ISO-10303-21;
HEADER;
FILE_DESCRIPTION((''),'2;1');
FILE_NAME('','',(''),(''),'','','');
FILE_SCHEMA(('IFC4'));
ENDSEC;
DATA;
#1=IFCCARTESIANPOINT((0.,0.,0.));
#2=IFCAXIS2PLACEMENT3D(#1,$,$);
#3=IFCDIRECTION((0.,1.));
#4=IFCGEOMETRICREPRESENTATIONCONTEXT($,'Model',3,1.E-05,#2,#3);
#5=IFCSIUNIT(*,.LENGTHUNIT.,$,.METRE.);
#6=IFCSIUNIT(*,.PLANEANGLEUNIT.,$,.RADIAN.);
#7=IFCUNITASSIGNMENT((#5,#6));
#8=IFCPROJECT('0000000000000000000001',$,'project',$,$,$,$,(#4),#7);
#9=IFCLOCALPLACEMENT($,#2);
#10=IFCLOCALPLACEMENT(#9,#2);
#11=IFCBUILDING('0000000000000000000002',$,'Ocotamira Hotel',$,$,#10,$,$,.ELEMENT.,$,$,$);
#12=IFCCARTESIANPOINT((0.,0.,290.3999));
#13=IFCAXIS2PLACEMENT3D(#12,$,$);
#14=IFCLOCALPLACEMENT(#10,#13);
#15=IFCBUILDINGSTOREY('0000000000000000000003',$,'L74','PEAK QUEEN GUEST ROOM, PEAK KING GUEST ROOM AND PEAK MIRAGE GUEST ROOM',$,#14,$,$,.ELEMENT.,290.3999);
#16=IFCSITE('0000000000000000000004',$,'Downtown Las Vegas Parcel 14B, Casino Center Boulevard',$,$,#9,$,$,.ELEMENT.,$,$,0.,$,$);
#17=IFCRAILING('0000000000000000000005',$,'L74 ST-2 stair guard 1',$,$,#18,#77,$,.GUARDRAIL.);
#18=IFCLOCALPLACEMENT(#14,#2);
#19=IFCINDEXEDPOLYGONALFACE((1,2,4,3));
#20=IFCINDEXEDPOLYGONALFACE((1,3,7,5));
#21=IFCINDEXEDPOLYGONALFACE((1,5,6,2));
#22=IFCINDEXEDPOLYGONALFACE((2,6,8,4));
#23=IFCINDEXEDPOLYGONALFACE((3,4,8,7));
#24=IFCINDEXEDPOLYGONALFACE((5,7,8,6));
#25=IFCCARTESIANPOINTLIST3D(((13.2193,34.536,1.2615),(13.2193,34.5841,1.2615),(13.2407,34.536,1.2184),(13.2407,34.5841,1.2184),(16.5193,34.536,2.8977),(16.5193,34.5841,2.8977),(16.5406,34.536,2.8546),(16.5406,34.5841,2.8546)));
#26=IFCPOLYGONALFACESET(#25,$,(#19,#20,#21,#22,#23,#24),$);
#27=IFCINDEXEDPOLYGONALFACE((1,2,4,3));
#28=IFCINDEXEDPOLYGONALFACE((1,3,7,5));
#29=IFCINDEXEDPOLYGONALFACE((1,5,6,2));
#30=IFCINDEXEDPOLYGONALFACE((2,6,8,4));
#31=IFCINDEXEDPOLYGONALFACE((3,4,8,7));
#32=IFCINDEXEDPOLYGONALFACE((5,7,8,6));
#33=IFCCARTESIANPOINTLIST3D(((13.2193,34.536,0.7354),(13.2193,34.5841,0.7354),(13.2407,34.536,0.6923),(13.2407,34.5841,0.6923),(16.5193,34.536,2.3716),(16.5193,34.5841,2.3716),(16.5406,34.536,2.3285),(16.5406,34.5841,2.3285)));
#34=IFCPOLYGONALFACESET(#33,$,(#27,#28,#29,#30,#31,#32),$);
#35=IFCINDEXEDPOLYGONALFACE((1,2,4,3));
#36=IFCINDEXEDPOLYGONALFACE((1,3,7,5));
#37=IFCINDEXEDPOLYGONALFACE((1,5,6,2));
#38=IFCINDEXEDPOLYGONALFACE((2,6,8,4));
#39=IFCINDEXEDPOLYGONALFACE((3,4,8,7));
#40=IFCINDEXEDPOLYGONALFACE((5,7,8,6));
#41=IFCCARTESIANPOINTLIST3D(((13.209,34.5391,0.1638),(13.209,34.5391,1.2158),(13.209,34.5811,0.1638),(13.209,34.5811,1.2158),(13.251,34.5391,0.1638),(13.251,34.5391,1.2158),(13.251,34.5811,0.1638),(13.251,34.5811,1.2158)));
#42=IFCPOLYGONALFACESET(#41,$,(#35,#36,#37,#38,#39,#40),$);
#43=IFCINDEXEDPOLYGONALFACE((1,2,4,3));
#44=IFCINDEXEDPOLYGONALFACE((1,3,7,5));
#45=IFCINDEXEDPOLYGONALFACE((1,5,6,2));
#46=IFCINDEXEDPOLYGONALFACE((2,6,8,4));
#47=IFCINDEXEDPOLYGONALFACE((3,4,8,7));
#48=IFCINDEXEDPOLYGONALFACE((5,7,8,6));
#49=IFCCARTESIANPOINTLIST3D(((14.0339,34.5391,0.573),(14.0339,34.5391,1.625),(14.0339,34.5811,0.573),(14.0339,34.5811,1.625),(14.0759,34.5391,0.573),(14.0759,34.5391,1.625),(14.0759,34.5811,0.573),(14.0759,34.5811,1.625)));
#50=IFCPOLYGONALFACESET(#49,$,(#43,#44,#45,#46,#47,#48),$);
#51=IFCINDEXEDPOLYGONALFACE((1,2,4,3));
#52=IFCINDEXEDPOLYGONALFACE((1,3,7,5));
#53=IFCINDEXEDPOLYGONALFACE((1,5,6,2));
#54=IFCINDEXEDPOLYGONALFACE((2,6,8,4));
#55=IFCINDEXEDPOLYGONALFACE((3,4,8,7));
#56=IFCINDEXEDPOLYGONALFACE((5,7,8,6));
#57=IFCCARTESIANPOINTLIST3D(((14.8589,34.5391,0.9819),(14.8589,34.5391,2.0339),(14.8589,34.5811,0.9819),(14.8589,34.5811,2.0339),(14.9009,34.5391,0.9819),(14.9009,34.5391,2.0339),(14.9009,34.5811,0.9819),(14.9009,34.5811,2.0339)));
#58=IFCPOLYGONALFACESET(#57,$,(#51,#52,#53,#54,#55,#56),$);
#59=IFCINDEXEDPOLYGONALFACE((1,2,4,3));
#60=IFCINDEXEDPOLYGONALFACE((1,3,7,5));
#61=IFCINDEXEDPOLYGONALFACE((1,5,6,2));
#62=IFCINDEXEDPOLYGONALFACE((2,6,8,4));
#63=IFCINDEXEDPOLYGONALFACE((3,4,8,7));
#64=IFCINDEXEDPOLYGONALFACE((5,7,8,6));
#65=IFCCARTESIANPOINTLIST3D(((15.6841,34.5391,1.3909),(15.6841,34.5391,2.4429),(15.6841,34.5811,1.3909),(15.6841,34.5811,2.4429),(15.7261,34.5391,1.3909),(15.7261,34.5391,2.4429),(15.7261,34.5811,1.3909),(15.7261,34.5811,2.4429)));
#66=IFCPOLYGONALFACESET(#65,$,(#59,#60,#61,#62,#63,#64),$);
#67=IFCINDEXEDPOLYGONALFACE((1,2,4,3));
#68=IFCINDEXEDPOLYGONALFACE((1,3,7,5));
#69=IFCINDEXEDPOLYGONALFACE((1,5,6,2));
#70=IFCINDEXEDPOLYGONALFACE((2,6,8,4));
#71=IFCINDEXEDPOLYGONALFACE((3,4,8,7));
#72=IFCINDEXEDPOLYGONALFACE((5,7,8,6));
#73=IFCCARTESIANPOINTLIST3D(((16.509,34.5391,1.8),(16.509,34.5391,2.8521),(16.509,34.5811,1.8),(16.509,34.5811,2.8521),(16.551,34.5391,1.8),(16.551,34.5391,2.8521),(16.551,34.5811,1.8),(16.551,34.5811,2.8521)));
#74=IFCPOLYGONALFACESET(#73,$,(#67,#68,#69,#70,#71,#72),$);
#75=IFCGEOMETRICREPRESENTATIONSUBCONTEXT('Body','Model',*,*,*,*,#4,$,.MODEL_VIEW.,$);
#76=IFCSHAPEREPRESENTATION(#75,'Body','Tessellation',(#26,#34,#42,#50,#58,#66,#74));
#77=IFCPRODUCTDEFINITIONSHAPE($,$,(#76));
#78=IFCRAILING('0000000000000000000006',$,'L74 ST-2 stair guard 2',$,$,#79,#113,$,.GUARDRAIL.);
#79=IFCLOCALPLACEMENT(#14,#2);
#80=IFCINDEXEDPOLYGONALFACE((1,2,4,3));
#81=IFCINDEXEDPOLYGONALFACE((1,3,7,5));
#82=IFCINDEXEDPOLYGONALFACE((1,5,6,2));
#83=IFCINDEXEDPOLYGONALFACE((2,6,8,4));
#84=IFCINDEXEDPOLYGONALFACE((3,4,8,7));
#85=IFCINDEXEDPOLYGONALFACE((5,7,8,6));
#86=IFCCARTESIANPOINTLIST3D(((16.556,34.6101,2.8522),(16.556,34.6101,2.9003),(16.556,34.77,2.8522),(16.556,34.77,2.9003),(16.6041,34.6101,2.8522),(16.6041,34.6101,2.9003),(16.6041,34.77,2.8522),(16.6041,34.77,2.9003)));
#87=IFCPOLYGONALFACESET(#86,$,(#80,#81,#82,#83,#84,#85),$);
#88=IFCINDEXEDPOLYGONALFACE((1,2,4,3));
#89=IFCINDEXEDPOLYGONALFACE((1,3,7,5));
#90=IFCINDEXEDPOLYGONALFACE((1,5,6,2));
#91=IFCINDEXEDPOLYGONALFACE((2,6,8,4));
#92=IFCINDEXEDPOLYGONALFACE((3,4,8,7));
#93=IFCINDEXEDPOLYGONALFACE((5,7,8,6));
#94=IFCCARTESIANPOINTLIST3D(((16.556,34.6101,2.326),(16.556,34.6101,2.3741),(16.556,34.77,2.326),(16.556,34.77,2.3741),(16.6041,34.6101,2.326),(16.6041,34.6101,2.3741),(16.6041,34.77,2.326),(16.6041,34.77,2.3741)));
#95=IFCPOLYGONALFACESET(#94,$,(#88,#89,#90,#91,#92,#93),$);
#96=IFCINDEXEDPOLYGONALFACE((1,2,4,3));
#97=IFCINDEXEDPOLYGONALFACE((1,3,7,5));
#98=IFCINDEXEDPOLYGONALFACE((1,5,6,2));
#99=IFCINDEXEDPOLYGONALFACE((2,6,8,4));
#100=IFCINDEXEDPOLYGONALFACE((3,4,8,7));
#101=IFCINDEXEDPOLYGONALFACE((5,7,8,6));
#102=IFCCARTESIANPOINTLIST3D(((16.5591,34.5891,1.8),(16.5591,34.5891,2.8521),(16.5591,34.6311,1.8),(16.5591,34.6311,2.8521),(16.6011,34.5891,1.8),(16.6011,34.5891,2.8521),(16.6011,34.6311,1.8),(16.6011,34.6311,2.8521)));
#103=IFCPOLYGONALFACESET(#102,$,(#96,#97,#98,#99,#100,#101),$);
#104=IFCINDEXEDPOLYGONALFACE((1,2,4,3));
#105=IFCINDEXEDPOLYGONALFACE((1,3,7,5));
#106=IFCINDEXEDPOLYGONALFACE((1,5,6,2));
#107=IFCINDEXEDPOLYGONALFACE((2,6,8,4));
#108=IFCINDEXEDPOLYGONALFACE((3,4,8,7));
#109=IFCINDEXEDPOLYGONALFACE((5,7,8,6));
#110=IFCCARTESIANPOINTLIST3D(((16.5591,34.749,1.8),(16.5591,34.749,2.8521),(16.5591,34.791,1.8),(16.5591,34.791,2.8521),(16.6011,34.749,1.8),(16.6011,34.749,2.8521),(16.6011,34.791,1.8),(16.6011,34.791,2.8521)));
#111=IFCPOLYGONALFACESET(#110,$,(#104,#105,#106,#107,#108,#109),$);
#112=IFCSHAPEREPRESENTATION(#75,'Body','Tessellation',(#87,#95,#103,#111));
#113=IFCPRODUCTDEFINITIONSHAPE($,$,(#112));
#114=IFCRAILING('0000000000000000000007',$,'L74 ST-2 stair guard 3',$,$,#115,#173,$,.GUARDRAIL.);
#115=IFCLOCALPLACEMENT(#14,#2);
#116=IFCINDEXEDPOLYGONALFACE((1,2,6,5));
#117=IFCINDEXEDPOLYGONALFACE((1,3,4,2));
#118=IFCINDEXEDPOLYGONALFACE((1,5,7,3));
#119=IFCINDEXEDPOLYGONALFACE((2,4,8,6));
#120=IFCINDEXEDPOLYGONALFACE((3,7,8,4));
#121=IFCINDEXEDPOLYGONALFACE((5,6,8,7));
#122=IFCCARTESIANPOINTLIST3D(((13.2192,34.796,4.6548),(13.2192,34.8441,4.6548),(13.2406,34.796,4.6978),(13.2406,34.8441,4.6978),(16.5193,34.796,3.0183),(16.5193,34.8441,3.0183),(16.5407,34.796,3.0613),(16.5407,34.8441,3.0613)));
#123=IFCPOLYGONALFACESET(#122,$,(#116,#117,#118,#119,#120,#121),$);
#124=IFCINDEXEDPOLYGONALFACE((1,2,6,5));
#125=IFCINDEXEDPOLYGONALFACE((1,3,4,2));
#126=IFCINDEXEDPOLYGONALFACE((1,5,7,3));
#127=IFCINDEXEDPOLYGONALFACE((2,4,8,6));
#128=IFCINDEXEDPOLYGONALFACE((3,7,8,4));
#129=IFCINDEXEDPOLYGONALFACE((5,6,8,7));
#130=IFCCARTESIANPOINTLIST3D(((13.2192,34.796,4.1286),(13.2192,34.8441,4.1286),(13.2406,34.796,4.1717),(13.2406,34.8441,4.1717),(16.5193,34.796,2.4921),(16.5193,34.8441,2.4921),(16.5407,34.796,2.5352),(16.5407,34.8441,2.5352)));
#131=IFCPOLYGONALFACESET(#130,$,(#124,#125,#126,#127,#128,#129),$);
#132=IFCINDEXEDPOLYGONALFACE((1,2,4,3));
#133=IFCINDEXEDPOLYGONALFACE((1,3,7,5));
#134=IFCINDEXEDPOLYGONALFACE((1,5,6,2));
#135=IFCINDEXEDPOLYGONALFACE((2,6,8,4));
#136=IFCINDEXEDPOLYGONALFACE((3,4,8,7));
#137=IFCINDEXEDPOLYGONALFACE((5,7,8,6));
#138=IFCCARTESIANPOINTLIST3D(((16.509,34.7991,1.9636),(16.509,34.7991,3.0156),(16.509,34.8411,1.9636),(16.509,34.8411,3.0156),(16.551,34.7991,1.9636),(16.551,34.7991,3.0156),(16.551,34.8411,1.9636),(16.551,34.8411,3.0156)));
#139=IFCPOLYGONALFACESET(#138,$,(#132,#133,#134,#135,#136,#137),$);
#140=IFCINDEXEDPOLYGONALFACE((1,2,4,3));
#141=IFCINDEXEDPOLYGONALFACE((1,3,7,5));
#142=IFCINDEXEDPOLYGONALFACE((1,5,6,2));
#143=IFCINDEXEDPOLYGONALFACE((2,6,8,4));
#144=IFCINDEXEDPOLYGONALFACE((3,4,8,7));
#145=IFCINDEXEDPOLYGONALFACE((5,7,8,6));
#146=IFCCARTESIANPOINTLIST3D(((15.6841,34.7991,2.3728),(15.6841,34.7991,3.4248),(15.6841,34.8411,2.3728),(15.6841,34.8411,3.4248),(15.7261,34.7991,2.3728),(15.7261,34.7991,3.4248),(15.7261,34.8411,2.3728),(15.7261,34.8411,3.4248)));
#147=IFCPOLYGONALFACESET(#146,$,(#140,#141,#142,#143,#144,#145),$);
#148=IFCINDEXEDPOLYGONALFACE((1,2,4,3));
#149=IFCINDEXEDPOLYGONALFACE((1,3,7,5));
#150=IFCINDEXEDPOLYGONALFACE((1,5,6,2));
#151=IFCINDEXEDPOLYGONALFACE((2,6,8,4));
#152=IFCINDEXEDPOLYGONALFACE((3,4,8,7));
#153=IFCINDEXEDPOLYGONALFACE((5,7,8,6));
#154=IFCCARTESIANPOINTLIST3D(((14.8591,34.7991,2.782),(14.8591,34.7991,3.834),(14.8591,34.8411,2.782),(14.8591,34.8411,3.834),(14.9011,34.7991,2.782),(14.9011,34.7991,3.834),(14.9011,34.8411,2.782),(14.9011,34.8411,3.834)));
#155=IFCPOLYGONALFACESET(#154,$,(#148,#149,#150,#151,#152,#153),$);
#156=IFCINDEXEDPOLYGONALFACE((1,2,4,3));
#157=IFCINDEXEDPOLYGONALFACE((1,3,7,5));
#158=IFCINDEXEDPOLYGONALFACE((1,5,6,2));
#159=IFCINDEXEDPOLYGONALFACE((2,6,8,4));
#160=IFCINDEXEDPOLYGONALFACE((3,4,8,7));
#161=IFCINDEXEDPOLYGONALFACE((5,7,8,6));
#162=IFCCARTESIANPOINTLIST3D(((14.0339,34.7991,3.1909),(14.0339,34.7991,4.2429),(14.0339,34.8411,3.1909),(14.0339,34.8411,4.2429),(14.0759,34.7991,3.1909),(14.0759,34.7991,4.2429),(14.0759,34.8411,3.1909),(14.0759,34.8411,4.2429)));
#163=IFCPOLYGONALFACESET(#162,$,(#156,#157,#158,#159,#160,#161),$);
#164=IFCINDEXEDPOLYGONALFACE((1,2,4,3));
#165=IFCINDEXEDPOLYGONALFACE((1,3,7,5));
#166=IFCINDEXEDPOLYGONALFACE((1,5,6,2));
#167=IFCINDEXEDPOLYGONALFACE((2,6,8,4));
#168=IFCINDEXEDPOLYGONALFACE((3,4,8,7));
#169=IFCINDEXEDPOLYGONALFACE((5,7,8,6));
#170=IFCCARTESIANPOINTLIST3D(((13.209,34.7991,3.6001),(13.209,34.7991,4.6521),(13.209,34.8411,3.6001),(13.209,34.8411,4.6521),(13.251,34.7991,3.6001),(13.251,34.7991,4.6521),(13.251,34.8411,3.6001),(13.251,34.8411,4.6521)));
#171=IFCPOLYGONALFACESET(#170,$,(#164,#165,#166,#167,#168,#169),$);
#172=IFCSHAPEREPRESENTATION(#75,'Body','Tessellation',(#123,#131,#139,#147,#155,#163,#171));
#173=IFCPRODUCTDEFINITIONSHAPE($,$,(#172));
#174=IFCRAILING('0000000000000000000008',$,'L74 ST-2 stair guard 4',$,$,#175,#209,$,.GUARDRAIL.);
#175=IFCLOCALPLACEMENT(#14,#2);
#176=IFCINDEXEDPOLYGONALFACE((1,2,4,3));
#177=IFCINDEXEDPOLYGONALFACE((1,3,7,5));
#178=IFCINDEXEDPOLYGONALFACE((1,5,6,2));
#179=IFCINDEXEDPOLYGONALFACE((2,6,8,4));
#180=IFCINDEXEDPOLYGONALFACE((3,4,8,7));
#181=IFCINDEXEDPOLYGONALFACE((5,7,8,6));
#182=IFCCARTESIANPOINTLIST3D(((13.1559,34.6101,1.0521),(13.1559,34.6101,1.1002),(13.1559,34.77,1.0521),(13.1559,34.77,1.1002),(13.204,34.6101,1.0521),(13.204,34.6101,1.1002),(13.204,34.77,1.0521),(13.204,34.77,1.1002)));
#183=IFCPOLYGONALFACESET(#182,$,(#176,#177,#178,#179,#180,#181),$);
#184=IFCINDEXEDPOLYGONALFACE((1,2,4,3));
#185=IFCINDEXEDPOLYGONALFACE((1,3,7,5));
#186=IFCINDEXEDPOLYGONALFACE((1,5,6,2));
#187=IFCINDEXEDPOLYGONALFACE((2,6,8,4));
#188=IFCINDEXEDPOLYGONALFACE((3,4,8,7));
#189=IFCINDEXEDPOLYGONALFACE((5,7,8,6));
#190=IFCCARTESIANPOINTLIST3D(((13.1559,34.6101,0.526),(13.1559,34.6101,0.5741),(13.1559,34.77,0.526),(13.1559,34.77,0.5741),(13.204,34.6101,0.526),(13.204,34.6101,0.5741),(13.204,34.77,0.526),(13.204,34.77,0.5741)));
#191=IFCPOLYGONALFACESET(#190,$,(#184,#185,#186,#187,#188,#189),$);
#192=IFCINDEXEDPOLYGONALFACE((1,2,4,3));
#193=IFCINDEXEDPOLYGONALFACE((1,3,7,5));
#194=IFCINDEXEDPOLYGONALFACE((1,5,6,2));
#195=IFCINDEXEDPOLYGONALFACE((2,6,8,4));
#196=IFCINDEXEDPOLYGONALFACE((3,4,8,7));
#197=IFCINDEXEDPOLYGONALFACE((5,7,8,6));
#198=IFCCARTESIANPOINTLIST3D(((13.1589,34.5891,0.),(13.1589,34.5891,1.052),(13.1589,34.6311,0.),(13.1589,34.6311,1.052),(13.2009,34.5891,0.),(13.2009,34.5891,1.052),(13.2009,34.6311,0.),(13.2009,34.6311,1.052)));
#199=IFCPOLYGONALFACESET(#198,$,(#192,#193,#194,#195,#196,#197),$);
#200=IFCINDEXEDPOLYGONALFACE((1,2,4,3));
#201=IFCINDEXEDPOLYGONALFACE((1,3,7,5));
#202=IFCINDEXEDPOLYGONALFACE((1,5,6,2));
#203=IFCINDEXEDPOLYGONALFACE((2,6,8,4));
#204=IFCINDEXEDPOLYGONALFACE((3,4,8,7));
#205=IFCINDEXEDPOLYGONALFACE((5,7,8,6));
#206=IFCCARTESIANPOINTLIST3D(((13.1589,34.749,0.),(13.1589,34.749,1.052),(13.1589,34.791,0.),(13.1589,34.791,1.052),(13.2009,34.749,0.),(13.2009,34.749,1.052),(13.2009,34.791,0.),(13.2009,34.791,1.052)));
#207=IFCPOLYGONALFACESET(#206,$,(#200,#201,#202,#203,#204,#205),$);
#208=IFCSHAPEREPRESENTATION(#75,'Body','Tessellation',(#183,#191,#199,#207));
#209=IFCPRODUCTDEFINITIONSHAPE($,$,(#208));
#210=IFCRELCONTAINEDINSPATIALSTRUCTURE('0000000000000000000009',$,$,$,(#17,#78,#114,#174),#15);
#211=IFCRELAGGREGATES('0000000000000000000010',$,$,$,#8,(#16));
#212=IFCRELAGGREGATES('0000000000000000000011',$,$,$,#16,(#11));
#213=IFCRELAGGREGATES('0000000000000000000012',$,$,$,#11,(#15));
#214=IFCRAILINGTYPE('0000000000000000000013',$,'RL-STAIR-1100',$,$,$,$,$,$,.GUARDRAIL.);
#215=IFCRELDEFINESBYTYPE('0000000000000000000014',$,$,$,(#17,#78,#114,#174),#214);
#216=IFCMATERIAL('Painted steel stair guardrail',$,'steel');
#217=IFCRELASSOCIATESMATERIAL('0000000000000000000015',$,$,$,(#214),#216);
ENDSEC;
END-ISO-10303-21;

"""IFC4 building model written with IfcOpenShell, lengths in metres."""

from ifc_helpers import new_model, si_unit, direction, frame, origin, origin_2d, place, context, subcontext, project, spatial, rectangle, extrude, material, type_object, element, save


model = new_model("IFC4")

# Units and contexts
model_context = context("Model", 3, precision=1e-05, world=origin(), true_north=direction((0.0, 1.0)))
body_context = subcontext(model_context, "Body", "Model", "MODEL_VIEW")
ifc_project = project(units=[si_unit("LENGTHUNIT", "METRE"), si_unit("PLANEANGLEUNIT", "RADIAN")], contexts=[model_context])

# Site, building, storey
site_placement = place(None, origin())
site = spatial("IfcSite", under=ifc_project, at=site_placement, Name="Downtown Las Vegas Parcel 14B, Casino Center Boulevard", CompositionType="ELEMENT", RefElevation=0.0)
building_placement = place(site_placement, origin())
building = spatial("IfcBuilding", under=site, at=building_placement, Name="Ocotamira Hotel", CompositionType="ELEMENT")
storey_placement = place(building_placement, frame((0.0, 0.0, 290.3999)))
storey = spatial("IfcBuildingStorey", under=building, at=storey_placement, Name="L74", Description="PEAK QUEEN GUEST ROOM, PEAK KING GUEST ROOM AND PEAK MIRAGE GUEST ROOM", CompositionType="ELEMENT", Elevation=290.3999)

# Railings
ifc_material_1 = material(Name="Painted steel stair guardrail", Category="steel")
railing_type_1 = type_object("IfcRailingType", Name="RL-STAIR-1100", PredefinedType="GUARDRAIL", material=ifc_material_1)
railing_1_placement = place(storey_placement, frame((13.23, 34.5601, 0.1638)))
element("IfcRailing", 1, at=railing_1_placement, inside=storey, type_object=railing_type_1, Name="L74 ST-2 stair guard 1", PredefinedType="GUARDRAIL", context=body_context, shape_type="SweptSolid", body=[
    extrude(rectangle(XDim=0.0481, YDim=0.0481, at=origin_2d()), frame((0.0, 0.0, 1.0762), z_axis=(0.89592, 0.0, 0.444215), x_axis=(0.0, 1.0, 0.0)), (0.0, 0.0, 1.0), 3.6833),
    extrude(rectangle(XDim=0.0481, YDim=0.0481, at=origin_2d()), frame((0.0, 0.0, 0.55), z_axis=(0.89592, 0.0, 0.444215), x_axis=(0.0, 1.0, 0.0)), (0.0, 0.0, 1.0), 3.6833),
    extrude(rectangle(XDim=0.042, YDim=0.042, at=origin_2d()), origin(), (0.0, 0.0, 1.0), 1.052),
    extrude(rectangle(XDim=0.042, YDim=0.042, at=origin_2d()), frame((0.825, 0.0, 0.4092)), (0.0, 0.0, 1.0), 1.052),
    extrude(rectangle(XDim=0.042, YDim=0.042, at=origin_2d()), frame((1.6499, 0.0, 0.8181)), (0.0, 0.0, 1.0), 1.052),
    extrude(rectangle(XDim=0.042, YDim=0.042, at=origin_2d()), frame((2.4751, 0.0, 1.2271)), (0.0, 0.0, 1.0), 1.052),
    extrude(rectangle(XDim=0.042, YDim=0.042, at=origin_2d()), frame((3.3, 0.0, 1.6362)), (0.0, 0.0, 1.0), 1.052),
])
railing_2_placement = place(storey_placement, frame((16.5801, 34.6101, 1.8)))
element("IfcRailing", 2, at=railing_2_placement, inside=storey, type_object=railing_type_1, Name="L74 ST-2 stair guard 2", PredefinedType="GUARDRAIL", context=body_context, shape_type="SweptSolid", body=[
    extrude(rectangle(XDim=0.0481, YDim=0.0481, at=origin_2d()), frame((0.0, 0.0, 1.0762), z_axis=(0.0, 1.0, 0.0), x_axis=(-1.0, 0.0, 0.0)), (0.0, 0.0, 1.0), 0.1599),
    extrude(rectangle(XDim=0.0481, YDim=0.0481, at=origin_2d()), frame((0.0, 0.0, 0.55), z_axis=(0.0, 1.0, 0.0), x_axis=(-1.0, 0.0, 0.0)), (0.0, 0.0, 1.0), 0.1599),
    extrude(rectangle(XDim=0.042, YDim=0.042, at=origin_2d()), origin(), (0.0, 0.0, 1.0), 1.052),
    extrude(rectangle(XDim=0.042, YDim=0.042, at=origin_2d()), frame((0.0, 0.1599, 0.0)), (0.0, 0.0, 1.0), 1.052),
])
railing_3_placement = place(storey_placement, frame((16.53, 34.8201, 1.9636)))
element("IfcRailing", 3, at=railing_3_placement, inside=storey, type_object=railing_type_1, Name="L74 ST-2 stair guard 3", PredefinedType="GUARDRAIL", context=body_context, shape_type="SweptSolid", body=[
    extrude(rectangle(XDim=0.0481, YDim=0.0481, at=origin_2d()), frame((0.0, 0.0, 1.0762), z_axis=(-0.895894, 0.0, 0.444268), x_axis=(0.0, -1.0, 0.0)), (0.0, 0.0, 1.0), 3.6836),
    extrude(rectangle(XDim=0.0481, YDim=0.0481, at=origin_2d()), frame((0.0, 0.0, 0.55), z_axis=(-0.895894, 0.0, 0.444268), x_axis=(0.0, -1.0, 0.0)), (0.0, 0.0, 1.0), 3.6836),
    extrude(rectangle(XDim=0.042, YDim=0.042, at=origin_2d()), origin(), (0.0, 0.0, 1.0), 1.052),
    extrude(rectangle(XDim=0.042, YDim=0.042, at=origin_2d()), frame((-0.825, 0.0, 0.4092)), (0.0, 0.0, 1.0), 1.052),
    extrude(rectangle(XDim=0.042, YDim=0.042, at=origin_2d()), frame((-1.6499, 0.0, 0.8184)), (0.0, 0.0, 1.0), 1.052),
    extrude(rectangle(XDim=0.042, YDim=0.042, at=origin_2d()), frame((-2.4751, 0.0, 1.2273)), (0.0, 0.0, 1.0), 1.052),
    extrude(rectangle(XDim=0.042, YDim=0.042, at=origin_2d()), frame((-3.3, 0.0, 1.6365)), (0.0, 0.0, 1.0), 1.052),
])
railing_4_placement = place(storey_placement, frame((13.1799, 34.6101, 0.0)))
element("IfcRailing", 4, at=railing_4_placement, inside=storey, type_object=railing_type_1, Name="L74 ST-2 stair guard 4", PredefinedType="GUARDRAIL", context=body_context, shape_type="SweptSolid", body=[
    extrude(rectangle(XDim=0.0481, YDim=0.0481, at=origin_2d()), frame((0.0, 0.0, 1.0762), z_axis=(0.0, 1.0, 0.0), x_axis=(-1.0, 0.0, 0.0)), (0.0, 0.0, 1.0), 0.1599),
    extrude(rectangle(XDim=0.0481, YDim=0.0481, at=origin_2d()), frame((0.0, 0.0, 0.55), z_axis=(0.0, 1.0, 0.0), x_axis=(-1.0, 0.0, 0.0)), (0.0, 0.0, 1.0), 0.1599),
    extrude(rectangle(XDim=0.042, YDim=0.042, at=origin_2d()), origin(), (0.0, 0.0, 1.0), 1.052),
    extrude(rectangle(XDim=0.042, YDim=0.042, at=origin_2d()), frame((0.0, 0.1599, 0.0)), (0.0, 0.0, 1.0), 1.052),
])

save(model, "model.ifc")
